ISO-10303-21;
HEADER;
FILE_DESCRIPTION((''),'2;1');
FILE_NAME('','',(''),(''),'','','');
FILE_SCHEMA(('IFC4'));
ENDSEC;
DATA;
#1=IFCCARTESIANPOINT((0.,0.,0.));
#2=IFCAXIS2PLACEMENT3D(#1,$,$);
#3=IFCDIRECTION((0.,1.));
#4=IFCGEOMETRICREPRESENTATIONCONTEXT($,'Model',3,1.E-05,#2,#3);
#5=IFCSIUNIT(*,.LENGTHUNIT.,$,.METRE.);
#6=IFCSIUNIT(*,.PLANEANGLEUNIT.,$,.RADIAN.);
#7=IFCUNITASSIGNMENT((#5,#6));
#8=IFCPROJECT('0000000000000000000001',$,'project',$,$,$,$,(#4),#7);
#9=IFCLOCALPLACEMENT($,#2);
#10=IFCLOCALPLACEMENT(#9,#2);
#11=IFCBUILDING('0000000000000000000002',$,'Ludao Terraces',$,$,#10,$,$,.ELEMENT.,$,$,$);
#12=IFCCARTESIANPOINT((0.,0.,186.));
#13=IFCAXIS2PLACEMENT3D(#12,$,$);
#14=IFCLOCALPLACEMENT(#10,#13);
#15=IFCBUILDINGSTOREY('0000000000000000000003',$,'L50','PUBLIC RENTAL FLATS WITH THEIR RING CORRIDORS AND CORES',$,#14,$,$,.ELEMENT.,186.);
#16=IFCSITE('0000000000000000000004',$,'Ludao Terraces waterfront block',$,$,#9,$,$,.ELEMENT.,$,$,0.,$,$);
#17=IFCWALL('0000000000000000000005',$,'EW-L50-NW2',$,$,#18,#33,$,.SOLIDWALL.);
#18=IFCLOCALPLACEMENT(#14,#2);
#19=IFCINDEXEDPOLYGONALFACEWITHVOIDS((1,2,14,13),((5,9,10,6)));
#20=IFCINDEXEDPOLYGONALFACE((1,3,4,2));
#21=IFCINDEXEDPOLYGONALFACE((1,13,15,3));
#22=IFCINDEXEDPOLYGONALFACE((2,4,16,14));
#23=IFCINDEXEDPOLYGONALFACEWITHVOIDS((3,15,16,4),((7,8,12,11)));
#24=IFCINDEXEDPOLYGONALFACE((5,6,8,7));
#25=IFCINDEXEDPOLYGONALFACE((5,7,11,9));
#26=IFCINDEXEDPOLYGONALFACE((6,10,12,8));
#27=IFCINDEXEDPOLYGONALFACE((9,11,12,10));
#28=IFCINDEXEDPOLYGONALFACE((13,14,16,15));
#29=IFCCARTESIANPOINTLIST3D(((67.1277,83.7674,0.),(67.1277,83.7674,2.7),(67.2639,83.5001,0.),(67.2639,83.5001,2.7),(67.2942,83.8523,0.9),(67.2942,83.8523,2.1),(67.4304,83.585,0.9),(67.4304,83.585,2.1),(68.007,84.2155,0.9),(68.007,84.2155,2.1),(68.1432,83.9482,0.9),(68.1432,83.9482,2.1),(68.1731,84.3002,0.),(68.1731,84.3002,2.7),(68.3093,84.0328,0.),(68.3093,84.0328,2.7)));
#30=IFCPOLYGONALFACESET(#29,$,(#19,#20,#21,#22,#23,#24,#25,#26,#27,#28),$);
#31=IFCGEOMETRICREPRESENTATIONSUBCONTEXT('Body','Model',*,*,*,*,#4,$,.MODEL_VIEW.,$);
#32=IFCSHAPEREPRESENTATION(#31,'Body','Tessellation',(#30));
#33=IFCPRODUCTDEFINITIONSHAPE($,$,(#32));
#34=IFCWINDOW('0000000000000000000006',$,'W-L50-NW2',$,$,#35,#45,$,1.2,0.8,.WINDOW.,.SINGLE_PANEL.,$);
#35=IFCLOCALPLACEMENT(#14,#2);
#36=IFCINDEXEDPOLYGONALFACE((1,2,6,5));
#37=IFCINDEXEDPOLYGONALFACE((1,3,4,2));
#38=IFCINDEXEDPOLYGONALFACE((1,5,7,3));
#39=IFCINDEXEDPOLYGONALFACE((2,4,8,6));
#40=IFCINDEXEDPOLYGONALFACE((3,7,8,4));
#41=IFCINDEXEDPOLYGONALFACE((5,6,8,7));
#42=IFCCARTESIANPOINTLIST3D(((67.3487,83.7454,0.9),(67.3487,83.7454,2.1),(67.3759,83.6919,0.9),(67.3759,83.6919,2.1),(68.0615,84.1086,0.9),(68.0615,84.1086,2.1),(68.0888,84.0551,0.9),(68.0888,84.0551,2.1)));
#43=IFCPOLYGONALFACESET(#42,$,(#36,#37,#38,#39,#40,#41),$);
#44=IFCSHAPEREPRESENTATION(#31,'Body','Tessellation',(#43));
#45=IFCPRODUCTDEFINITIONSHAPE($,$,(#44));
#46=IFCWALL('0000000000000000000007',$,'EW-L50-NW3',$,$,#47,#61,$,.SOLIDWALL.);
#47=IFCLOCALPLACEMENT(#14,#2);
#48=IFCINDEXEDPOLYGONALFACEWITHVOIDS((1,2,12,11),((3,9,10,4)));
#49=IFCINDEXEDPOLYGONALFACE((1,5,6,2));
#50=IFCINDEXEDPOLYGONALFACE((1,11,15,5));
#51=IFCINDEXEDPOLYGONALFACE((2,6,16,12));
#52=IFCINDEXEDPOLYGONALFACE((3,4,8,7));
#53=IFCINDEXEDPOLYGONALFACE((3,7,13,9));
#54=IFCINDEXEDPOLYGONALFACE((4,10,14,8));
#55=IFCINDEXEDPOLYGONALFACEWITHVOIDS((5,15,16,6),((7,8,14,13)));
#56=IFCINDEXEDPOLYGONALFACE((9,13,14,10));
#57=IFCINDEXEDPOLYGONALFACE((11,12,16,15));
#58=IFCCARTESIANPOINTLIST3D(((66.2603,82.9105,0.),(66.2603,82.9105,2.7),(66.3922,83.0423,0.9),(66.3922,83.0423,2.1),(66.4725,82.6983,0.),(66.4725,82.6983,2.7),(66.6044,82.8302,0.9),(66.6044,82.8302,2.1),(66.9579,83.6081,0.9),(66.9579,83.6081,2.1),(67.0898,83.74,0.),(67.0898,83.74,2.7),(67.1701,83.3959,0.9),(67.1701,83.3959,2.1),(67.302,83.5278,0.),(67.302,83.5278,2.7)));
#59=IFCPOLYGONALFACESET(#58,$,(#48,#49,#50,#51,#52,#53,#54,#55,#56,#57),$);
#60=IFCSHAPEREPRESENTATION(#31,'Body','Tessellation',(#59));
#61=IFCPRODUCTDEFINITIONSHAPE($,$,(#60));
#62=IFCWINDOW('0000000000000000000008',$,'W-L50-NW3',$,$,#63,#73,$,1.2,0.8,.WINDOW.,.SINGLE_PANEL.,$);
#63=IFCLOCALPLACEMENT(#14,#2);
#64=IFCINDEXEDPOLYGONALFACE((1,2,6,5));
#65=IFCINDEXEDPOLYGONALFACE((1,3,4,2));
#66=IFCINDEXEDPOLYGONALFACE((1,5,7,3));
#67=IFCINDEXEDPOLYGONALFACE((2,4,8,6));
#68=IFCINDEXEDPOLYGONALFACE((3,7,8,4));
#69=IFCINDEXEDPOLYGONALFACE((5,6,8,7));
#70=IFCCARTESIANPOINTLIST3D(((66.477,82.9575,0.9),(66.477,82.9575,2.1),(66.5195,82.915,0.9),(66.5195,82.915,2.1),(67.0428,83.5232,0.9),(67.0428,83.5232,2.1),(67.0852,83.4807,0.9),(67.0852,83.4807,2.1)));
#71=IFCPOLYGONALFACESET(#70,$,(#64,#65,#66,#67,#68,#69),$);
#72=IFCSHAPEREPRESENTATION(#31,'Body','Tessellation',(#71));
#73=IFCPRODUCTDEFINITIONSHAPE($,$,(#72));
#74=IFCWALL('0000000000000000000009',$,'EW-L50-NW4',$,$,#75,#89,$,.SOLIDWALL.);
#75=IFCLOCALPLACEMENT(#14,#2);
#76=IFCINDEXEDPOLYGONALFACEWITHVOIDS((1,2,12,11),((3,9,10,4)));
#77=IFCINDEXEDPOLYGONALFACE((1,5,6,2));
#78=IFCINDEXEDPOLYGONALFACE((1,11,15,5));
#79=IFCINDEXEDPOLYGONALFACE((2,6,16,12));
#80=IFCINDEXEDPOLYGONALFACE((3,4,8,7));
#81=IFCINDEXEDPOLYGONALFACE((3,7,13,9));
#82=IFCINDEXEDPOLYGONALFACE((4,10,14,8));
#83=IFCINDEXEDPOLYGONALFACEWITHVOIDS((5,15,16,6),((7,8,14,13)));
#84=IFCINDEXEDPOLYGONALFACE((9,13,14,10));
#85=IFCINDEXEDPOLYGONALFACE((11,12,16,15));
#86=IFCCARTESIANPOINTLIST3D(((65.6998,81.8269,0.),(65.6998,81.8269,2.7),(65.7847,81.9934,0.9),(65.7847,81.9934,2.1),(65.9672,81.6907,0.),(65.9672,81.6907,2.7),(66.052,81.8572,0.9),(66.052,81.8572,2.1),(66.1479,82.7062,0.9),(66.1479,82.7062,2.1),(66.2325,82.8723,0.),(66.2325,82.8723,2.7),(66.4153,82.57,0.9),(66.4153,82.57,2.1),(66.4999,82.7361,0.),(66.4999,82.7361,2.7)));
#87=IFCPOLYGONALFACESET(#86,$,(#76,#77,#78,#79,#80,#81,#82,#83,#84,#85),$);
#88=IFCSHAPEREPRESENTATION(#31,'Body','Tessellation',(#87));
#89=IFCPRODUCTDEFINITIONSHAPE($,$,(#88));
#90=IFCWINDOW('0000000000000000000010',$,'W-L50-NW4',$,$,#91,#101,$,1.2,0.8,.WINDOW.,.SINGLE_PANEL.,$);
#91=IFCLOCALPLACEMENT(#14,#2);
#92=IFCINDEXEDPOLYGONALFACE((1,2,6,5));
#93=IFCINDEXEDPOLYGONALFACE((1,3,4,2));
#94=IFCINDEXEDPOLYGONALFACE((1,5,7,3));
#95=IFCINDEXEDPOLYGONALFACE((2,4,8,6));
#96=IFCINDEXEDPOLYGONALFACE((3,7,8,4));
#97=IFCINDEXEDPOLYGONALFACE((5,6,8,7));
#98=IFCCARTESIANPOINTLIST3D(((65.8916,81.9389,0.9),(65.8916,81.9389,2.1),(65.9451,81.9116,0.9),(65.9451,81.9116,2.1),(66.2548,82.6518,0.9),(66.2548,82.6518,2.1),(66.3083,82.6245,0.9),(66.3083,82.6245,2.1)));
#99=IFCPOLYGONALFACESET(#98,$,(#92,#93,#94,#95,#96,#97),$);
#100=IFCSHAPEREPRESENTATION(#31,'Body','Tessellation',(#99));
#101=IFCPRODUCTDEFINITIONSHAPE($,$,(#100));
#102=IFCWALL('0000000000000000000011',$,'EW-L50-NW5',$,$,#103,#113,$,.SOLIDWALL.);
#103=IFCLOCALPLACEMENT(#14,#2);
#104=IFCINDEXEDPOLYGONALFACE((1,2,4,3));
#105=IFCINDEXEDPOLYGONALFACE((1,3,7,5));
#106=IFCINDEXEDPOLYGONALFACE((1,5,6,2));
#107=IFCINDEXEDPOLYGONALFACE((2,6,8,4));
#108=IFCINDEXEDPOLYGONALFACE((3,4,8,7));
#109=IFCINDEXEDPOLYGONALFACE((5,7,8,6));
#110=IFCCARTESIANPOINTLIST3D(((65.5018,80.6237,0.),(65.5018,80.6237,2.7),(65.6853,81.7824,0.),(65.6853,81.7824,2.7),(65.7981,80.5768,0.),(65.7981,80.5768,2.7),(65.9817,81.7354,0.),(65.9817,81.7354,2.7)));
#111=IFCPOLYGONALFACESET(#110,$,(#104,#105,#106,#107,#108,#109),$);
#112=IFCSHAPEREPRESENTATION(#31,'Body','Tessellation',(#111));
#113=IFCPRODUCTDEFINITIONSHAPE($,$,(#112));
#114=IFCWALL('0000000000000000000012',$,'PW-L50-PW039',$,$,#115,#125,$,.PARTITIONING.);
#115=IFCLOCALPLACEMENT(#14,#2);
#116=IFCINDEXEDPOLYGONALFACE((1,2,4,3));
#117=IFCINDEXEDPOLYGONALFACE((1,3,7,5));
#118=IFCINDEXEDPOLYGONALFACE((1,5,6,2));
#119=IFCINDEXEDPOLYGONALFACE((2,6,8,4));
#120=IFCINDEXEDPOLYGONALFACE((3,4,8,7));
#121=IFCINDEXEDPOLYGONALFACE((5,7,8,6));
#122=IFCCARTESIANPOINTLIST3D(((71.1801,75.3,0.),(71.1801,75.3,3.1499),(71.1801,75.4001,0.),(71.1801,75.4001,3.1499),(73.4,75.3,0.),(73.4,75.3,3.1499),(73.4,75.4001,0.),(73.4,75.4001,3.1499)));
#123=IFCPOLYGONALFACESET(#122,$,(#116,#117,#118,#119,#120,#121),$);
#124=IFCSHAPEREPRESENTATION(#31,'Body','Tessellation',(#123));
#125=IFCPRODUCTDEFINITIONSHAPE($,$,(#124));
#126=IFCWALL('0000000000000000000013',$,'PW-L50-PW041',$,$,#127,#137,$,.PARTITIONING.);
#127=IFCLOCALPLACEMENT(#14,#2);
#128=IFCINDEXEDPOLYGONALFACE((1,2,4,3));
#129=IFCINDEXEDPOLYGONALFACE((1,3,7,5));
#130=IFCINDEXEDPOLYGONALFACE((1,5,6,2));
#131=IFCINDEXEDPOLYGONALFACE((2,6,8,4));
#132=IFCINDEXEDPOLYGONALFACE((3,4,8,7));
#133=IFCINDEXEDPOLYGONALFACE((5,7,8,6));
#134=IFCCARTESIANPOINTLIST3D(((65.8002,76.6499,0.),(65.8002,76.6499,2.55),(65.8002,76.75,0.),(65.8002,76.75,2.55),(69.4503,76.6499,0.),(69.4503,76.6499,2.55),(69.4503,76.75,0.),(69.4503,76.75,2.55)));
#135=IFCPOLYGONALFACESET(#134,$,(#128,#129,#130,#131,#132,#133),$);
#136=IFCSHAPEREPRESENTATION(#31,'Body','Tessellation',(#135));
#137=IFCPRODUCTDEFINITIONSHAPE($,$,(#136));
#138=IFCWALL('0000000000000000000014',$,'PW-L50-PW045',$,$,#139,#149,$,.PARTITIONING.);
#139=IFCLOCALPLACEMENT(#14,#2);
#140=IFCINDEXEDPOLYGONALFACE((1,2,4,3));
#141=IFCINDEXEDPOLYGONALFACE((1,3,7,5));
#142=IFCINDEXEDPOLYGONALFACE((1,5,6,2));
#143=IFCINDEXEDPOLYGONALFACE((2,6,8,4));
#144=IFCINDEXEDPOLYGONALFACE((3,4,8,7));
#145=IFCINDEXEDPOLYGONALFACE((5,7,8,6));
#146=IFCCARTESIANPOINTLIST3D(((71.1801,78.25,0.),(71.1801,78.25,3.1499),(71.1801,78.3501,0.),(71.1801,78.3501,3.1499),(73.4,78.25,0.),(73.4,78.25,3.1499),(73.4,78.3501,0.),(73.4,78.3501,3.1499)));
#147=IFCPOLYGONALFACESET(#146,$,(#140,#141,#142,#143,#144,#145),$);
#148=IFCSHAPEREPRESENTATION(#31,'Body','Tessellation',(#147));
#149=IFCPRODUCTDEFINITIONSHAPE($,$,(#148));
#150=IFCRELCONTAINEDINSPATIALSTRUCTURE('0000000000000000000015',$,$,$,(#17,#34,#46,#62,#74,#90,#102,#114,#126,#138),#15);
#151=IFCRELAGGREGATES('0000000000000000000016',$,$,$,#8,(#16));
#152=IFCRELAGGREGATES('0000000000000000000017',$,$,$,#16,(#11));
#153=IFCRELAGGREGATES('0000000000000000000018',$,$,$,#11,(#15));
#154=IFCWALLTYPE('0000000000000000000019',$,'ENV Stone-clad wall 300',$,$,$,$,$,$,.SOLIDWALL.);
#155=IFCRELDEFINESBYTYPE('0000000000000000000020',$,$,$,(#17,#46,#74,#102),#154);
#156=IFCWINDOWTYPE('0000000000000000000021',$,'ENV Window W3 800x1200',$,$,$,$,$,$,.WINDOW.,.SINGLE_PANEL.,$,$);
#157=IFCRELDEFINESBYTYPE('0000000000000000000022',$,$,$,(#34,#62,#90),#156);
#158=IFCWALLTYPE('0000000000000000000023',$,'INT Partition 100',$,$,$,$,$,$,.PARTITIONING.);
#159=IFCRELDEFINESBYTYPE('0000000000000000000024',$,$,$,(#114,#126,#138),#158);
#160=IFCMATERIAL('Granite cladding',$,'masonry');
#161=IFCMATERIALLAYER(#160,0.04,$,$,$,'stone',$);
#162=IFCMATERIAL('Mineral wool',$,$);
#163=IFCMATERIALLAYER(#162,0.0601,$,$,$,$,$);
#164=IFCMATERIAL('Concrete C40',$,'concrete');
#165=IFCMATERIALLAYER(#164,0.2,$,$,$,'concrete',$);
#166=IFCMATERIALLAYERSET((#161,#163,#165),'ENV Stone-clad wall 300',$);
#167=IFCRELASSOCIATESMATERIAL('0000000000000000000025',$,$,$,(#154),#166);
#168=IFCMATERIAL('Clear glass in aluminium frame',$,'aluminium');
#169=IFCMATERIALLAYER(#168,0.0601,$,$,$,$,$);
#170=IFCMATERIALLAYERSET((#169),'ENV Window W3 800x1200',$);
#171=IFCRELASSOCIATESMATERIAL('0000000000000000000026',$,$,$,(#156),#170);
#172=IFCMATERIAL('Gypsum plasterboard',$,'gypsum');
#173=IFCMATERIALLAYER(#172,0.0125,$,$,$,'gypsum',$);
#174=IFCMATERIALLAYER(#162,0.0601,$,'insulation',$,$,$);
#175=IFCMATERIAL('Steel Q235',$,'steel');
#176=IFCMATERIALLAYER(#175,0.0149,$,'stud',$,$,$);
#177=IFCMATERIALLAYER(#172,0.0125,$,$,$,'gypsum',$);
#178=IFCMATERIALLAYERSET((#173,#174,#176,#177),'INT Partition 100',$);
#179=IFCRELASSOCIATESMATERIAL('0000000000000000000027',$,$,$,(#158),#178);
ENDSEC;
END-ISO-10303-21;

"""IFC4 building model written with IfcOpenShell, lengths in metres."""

from ifc_helpers import new_model, si_unit, direction, frame, frame_2d, origin, place, context, subcontext, project, spatial, rectangle, extrude, material, layer, layer_set, type_object, element, fill, save


model = new_model("IFC4")

# Units and contexts
model_context = context("Model", 3, precision=1e-05, world=origin(), true_north=direction((0.0, 1.0)))
body_context = subcontext(model_context, "Body", "Model", "MODEL_VIEW")
ifc_project = project(units=[si_unit("LENGTHUNIT", "METRE"), si_unit("PLANEANGLEUNIT", "RADIAN")], contexts=[model_context])

# Site, building, storey
site_placement = place(None, origin())
site = spatial("IfcSite", under=ifc_project, at=site_placement, Name="Ludao Terraces waterfront block", CompositionType="ELEMENT", RefElevation=0.0)
building_placement = place(site_placement, origin())
building = spatial("IfcBuilding", under=site, at=building_placement, Name="Ludao Terraces", CompositionType="ELEMENT")
storey_placement = place(building_placement, frame((0.0, 0.0, 186.0)))
storey = spatial("IfcBuildingStorey", under=building, at=storey_placement, Name="L50", Description="PUBLIC RENTAL FLATS WITH THEIR RING CORRIDORS AND CORES", CompositionType="ELEMENT", Elevation=186.0)

# Shared definitions
ifc_material_1 = material(Name="Concrete C40", Category="concrete")

# Shared definitions
ifc_material_2 = material(Name="Granite cladding", Category="masonry")
ifc_layer_1 = layer(ifc_material_2, 0.04, Category="stone")
ifc_material_3 = material(Name="Mineral wool")
ifc_layer_2 = layer(ifc_material_3, 0.0601)
ifc_layer_3 = layer(ifc_material_1, 0.2, Category="concrete")
ifc_layer_set_1 = layer_set([ifc_layer_1, ifc_layer_2, ifc_layer_3], Name="ENV Stone-clad wall 300")
wall_type_1 = type_object("IfcWallType", Name="ENV Stone-clad wall 300", PredefinedType="SOLIDWALL", material=ifc_layer_set_1)
ifc_material_4 = material(Name="Clear glass in aluminium frame", Category="aluminium")

# Walls, openings, windows
wall_1_placement = place(storey_placement, frame((68.2412, 84.1665, 0.0), z_axis=(0.0, 0.0, 1.0), x_axis=(-0.890989, -0.454026, 0.0)))
wall_1 = element("IfcWall", 1, at=wall_1_placement, inside=storey, type_object=wall_type_1, Name="EW-L50-NW2", PredefinedType="SOLIDWALL", context=body_context, shape_type="SweptSolid", body=[
    extrude(rectangle(XDim=1.1733, YDim=0.3, at=frame_2d((0.5867, 0.0))), origin(), (0.0, 0.0, 1.0), 2.7),
])
opening_1_placement = place(wall_1_placement, frame((0.1865, 0.0, 0.8999)))
opening_1 = element("IfcOpeningElement", 2, at=opening_1_placement, cuts=wall_1, PredefinedType="OPENING", context=body_context, shape_type="SweptSolid", body=[
    extrude(rectangle(XDim=0.8, YDim=1.2, at=frame_2d((0.3999, 0.6001))), frame((0.0, 0.1602, 0.0), z_axis=(0.0, -1.0, 0.0), x_axis=(1.0, 0.0, 0.0)), (0.0, 0.0, 1.0), 0.3201),
])
ifc_layer_4 = layer(ifc_material_4, 0.0601)
ifc_layer_set_2 = layer_set([ifc_layer_4], Name="ENV Window W3 800x1200")
window_type_1 = type_object("IfcWindowType", Name="ENV Window W3 800x1200", PartitioningType="SINGLE_PANEL", PredefinedType="WINDOW", material=ifc_layer_set_2)
window_1_placement = place(opening_1_placement, origin())
window_1 = element("IfcWindow", 3, at=window_1_placement, inside=storey, type_object=window_type_1, Name="W-L50-NW2", OverallHeight=1.2, OverallWidth=0.8, PartitioningType="SINGLE_PANEL", PredefinedType="WINDOW", context=body_context, shape_type="SweptSolid", body=[
    extrude(rectangle(XDim=0.8, YDim=1.2, at=frame_2d((0.3999, 0.6001))), frame((0.0, 0.03, 0.0), z_axis=(0.0, -1.0, 0.0), x_axis=(1.0, 0.0, 0.0)), (0.0, 0.0, 1.0), 0.0601),
])
fill(opening_1, window_1)
wall_2_placement = place(storey_placement, frame((67.1958, 83.6338, 0.0), z_axis=(0.0, 0.0, 1.0), x_axis=(-0.707107, -0.707107, 0.0)))
wall_2 = element("IfcWall", 4, at=wall_2_placement, inside=storey, type_object=wall_type_1, Name="EW-L50-NW3", PredefinedType="SOLIDWALL", context=body_context, shape_type="SweptSolid", body=[
    extrude(rectangle(XDim=1.1731, YDim=0.3, at=frame_2d((0.5864, 0.0))), origin(), (0.0, 0.0, 1.0), 2.7),
])
opening_2_placement = place(wall_2_placement, frame((0.1865, 0.0, 0.8999)))
opening_2 = element("IfcOpeningElement", 5, at=opening_2_placement, cuts=wall_2, PredefinedType="OPENING", context=body_context, shape_type="SweptSolid", body=[
    extrude(rectangle(XDim=0.8, YDim=1.2, at=frame_2d((0.3999, 0.6001))), frame((0.0, 0.1602, 0.0), z_axis=(0.0, -1.0, 0.0), x_axis=(1.0, 0.0, 0.0)), (0.0, 0.0, 1.0), 0.3201),
])
window_2_placement = place(opening_2_placement, origin())
window_2 = element("IfcWindow", 6, at=window_2_placement, inside=storey, type_object=window_type_1, Name="W-L50-NW3", OverallHeight=1.2, OverallWidth=0.8, PartitioningType="SINGLE_PANEL", PredefinedType="WINDOW", context=body_context, shape_type="SweptSolid", body=[
    extrude(rectangle(XDim=0.8, YDim=1.2, at=frame_2d((0.3999, 0.6001))), frame((0.0, 0.03, 0.0), z_axis=(0.0, -1.0, 0.0), x_axis=(1.0, 0.0, 0.0)), (0.0, 0.0, 1.0), 0.0601),
])
fill(opening_2, window_2)
wall_3_placement = place(storey_placement, frame((66.3662, 82.8042, 0.0), z_axis=(0.0, 0.0, 1.0), x_axis=(-0.454026, -0.890989, 0.0)))
wall_3 = element("IfcWall", 7, at=wall_3_placement, inside=storey, type_object=wall_type_1, Name="EW-L50-NW4", PredefinedType="SOLIDWALL", context=body_context, shape_type="SweptSolid", body=[
    extrude(rectangle(XDim=1.1733, YDim=0.3, at=frame_2d((0.5867, 0.0))), origin(), (0.0, 0.0, 1.0), 2.7),
])
opening_3_placement = place(wall_3_placement, frame((0.1865, 0.0, 0.8999)))
opening_3 = element("IfcOpeningElement", 8, at=opening_3_placement, cuts=wall_3, PredefinedType="OPENING", context=body_context, shape_type="SweptSolid", body=[
    extrude(rectangle(XDim=0.8, YDim=1.2, at=frame_2d((0.3999, 0.6001))), frame((0.0, 0.1602, 0.0), z_axis=(0.0, -1.0, 0.0), x_axis=(1.0, 0.0, 0.0)), (0.0, 0.0, 1.0), 0.3201),
])
window_3_placement = place(opening_3_placement, origin())
window_3 = element("IfcWindow", 9, at=window_3_placement, inside=storey, type_object=window_type_1, Name="W-L50-NW4", OverallHeight=1.2, OverallWidth=0.8, PartitioningType="SINGLE_PANEL", PredefinedType="WINDOW", context=body_context, shape_type="SweptSolid", body=[
    extrude(rectangle(XDim=0.8, YDim=1.2, at=frame_2d((0.3999, 0.6001))), frame((0.0, 0.03, 0.0), z_axis=(0.0, -1.0, 0.0), x_axis=(1.0, 0.0, 0.0)), (0.0, 0.0, 1.0), 0.0601),
])
fill(opening_3, window_3)

# Walls
wall_4_placement = place(storey_placement, frame((65.8335, 81.7588, 0.0), z_axis=(0.0, 0.0, 1.0), x_axis=(-0.156497, -0.987678, 0.0)))
element("IfcWall", 10, at=wall_4_placement, inside=storey, type_object=wall_type_1, Name="EW-L50-NW5", PredefinedType="SOLIDWALL", context=body_context, shape_type="SweptSolid", body=[
    extrude(rectangle(XDim=1.1731, YDim=0.3, at=frame_2d((0.5864, 0.0))), origin(), (0.0, 0.0, 1.0), 2.7),
])
ifc_material_5 = material(Name="Gypsum plasterboard", Category="gypsum")
ifc_layer_5 = layer(ifc_material_5, 0.0125, Category="gypsum")
ifc_layer_6 = layer(ifc_material_3, 0.0601, Name="insulation")
ifc_material_6 = material(Name="Steel Q235", Category="steel")
ifc_layer_7 = layer(ifc_material_6, 0.0149, Name="stud")
ifc_layer_8 = layer(ifc_material_5, 0.0125, Category="gypsum")
ifc_layer_set_3 = layer_set([ifc_layer_5, ifc_layer_6, ifc_layer_7, ifc_layer_8], Name="INT Partition 100")
wall_type_2 = type_object("IfcWallType", Name="INT Partition 100", PredefinedType="PARTITIONING", material=ifc_layer_set_3)
wall_5_placement = place(storey_placement, frame((71.1802, 75.3501, 0.0), z_axis=(0.0, 0.0, 1.0), x_axis=(1.0, 0.0, 0.0)))
element("IfcWall", 11, at=wall_5_placement, inside=storey, type_object=wall_type_2, Name="PW-L50-PW039", PredefinedType="PARTITIONING", context=body_context, shape_type="SweptSolid", body=[
    extrude(rectangle(XDim=2.22, YDim=0.1001, at=frame_2d((1.1099, 0.0))), origin(), (0.0, 0.0, 1.0), 3.1499),
])
wall_6_placement = place(storey_placement, frame((65.8, 76.7, 0.0), z_axis=(0.0, 0.0, 1.0), x_axis=(1.0, 0.0, 0.0)))
element("IfcWall", 12, at=wall_6_placement, inside=storey, type_object=wall_type_2, Name="PW-L50-PW041", PredefinedType="PARTITIONING", context=body_context, shape_type="SweptSolid", body=[
    extrude(rectangle(XDim=3.6501, YDim=0.1001, at=frame_2d((1.8252, 0.0))), origin(), (0.0, 0.0, 1.0), 2.55),
])
wall_7_placement = place(storey_placement, frame((71.1802, 78.3, 0.0), z_axis=(0.0, 0.0, 1.0), x_axis=(1.0, 0.0, 0.0)))
element("IfcWall", 13, at=wall_7_placement, inside=storey, type_object=wall_type_2, Name="PW-L50-PW045", PredefinedType="PARTITIONING", context=body_context, shape_type="SweptSolid", body=[
    extrude(rectangle(XDim=2.22, YDim=0.1001, at=frame_2d((1.1099, 0.0))), origin(), (0.0, 0.0, 1.0), 3.1499),
])

save(model, "model.ifc")
